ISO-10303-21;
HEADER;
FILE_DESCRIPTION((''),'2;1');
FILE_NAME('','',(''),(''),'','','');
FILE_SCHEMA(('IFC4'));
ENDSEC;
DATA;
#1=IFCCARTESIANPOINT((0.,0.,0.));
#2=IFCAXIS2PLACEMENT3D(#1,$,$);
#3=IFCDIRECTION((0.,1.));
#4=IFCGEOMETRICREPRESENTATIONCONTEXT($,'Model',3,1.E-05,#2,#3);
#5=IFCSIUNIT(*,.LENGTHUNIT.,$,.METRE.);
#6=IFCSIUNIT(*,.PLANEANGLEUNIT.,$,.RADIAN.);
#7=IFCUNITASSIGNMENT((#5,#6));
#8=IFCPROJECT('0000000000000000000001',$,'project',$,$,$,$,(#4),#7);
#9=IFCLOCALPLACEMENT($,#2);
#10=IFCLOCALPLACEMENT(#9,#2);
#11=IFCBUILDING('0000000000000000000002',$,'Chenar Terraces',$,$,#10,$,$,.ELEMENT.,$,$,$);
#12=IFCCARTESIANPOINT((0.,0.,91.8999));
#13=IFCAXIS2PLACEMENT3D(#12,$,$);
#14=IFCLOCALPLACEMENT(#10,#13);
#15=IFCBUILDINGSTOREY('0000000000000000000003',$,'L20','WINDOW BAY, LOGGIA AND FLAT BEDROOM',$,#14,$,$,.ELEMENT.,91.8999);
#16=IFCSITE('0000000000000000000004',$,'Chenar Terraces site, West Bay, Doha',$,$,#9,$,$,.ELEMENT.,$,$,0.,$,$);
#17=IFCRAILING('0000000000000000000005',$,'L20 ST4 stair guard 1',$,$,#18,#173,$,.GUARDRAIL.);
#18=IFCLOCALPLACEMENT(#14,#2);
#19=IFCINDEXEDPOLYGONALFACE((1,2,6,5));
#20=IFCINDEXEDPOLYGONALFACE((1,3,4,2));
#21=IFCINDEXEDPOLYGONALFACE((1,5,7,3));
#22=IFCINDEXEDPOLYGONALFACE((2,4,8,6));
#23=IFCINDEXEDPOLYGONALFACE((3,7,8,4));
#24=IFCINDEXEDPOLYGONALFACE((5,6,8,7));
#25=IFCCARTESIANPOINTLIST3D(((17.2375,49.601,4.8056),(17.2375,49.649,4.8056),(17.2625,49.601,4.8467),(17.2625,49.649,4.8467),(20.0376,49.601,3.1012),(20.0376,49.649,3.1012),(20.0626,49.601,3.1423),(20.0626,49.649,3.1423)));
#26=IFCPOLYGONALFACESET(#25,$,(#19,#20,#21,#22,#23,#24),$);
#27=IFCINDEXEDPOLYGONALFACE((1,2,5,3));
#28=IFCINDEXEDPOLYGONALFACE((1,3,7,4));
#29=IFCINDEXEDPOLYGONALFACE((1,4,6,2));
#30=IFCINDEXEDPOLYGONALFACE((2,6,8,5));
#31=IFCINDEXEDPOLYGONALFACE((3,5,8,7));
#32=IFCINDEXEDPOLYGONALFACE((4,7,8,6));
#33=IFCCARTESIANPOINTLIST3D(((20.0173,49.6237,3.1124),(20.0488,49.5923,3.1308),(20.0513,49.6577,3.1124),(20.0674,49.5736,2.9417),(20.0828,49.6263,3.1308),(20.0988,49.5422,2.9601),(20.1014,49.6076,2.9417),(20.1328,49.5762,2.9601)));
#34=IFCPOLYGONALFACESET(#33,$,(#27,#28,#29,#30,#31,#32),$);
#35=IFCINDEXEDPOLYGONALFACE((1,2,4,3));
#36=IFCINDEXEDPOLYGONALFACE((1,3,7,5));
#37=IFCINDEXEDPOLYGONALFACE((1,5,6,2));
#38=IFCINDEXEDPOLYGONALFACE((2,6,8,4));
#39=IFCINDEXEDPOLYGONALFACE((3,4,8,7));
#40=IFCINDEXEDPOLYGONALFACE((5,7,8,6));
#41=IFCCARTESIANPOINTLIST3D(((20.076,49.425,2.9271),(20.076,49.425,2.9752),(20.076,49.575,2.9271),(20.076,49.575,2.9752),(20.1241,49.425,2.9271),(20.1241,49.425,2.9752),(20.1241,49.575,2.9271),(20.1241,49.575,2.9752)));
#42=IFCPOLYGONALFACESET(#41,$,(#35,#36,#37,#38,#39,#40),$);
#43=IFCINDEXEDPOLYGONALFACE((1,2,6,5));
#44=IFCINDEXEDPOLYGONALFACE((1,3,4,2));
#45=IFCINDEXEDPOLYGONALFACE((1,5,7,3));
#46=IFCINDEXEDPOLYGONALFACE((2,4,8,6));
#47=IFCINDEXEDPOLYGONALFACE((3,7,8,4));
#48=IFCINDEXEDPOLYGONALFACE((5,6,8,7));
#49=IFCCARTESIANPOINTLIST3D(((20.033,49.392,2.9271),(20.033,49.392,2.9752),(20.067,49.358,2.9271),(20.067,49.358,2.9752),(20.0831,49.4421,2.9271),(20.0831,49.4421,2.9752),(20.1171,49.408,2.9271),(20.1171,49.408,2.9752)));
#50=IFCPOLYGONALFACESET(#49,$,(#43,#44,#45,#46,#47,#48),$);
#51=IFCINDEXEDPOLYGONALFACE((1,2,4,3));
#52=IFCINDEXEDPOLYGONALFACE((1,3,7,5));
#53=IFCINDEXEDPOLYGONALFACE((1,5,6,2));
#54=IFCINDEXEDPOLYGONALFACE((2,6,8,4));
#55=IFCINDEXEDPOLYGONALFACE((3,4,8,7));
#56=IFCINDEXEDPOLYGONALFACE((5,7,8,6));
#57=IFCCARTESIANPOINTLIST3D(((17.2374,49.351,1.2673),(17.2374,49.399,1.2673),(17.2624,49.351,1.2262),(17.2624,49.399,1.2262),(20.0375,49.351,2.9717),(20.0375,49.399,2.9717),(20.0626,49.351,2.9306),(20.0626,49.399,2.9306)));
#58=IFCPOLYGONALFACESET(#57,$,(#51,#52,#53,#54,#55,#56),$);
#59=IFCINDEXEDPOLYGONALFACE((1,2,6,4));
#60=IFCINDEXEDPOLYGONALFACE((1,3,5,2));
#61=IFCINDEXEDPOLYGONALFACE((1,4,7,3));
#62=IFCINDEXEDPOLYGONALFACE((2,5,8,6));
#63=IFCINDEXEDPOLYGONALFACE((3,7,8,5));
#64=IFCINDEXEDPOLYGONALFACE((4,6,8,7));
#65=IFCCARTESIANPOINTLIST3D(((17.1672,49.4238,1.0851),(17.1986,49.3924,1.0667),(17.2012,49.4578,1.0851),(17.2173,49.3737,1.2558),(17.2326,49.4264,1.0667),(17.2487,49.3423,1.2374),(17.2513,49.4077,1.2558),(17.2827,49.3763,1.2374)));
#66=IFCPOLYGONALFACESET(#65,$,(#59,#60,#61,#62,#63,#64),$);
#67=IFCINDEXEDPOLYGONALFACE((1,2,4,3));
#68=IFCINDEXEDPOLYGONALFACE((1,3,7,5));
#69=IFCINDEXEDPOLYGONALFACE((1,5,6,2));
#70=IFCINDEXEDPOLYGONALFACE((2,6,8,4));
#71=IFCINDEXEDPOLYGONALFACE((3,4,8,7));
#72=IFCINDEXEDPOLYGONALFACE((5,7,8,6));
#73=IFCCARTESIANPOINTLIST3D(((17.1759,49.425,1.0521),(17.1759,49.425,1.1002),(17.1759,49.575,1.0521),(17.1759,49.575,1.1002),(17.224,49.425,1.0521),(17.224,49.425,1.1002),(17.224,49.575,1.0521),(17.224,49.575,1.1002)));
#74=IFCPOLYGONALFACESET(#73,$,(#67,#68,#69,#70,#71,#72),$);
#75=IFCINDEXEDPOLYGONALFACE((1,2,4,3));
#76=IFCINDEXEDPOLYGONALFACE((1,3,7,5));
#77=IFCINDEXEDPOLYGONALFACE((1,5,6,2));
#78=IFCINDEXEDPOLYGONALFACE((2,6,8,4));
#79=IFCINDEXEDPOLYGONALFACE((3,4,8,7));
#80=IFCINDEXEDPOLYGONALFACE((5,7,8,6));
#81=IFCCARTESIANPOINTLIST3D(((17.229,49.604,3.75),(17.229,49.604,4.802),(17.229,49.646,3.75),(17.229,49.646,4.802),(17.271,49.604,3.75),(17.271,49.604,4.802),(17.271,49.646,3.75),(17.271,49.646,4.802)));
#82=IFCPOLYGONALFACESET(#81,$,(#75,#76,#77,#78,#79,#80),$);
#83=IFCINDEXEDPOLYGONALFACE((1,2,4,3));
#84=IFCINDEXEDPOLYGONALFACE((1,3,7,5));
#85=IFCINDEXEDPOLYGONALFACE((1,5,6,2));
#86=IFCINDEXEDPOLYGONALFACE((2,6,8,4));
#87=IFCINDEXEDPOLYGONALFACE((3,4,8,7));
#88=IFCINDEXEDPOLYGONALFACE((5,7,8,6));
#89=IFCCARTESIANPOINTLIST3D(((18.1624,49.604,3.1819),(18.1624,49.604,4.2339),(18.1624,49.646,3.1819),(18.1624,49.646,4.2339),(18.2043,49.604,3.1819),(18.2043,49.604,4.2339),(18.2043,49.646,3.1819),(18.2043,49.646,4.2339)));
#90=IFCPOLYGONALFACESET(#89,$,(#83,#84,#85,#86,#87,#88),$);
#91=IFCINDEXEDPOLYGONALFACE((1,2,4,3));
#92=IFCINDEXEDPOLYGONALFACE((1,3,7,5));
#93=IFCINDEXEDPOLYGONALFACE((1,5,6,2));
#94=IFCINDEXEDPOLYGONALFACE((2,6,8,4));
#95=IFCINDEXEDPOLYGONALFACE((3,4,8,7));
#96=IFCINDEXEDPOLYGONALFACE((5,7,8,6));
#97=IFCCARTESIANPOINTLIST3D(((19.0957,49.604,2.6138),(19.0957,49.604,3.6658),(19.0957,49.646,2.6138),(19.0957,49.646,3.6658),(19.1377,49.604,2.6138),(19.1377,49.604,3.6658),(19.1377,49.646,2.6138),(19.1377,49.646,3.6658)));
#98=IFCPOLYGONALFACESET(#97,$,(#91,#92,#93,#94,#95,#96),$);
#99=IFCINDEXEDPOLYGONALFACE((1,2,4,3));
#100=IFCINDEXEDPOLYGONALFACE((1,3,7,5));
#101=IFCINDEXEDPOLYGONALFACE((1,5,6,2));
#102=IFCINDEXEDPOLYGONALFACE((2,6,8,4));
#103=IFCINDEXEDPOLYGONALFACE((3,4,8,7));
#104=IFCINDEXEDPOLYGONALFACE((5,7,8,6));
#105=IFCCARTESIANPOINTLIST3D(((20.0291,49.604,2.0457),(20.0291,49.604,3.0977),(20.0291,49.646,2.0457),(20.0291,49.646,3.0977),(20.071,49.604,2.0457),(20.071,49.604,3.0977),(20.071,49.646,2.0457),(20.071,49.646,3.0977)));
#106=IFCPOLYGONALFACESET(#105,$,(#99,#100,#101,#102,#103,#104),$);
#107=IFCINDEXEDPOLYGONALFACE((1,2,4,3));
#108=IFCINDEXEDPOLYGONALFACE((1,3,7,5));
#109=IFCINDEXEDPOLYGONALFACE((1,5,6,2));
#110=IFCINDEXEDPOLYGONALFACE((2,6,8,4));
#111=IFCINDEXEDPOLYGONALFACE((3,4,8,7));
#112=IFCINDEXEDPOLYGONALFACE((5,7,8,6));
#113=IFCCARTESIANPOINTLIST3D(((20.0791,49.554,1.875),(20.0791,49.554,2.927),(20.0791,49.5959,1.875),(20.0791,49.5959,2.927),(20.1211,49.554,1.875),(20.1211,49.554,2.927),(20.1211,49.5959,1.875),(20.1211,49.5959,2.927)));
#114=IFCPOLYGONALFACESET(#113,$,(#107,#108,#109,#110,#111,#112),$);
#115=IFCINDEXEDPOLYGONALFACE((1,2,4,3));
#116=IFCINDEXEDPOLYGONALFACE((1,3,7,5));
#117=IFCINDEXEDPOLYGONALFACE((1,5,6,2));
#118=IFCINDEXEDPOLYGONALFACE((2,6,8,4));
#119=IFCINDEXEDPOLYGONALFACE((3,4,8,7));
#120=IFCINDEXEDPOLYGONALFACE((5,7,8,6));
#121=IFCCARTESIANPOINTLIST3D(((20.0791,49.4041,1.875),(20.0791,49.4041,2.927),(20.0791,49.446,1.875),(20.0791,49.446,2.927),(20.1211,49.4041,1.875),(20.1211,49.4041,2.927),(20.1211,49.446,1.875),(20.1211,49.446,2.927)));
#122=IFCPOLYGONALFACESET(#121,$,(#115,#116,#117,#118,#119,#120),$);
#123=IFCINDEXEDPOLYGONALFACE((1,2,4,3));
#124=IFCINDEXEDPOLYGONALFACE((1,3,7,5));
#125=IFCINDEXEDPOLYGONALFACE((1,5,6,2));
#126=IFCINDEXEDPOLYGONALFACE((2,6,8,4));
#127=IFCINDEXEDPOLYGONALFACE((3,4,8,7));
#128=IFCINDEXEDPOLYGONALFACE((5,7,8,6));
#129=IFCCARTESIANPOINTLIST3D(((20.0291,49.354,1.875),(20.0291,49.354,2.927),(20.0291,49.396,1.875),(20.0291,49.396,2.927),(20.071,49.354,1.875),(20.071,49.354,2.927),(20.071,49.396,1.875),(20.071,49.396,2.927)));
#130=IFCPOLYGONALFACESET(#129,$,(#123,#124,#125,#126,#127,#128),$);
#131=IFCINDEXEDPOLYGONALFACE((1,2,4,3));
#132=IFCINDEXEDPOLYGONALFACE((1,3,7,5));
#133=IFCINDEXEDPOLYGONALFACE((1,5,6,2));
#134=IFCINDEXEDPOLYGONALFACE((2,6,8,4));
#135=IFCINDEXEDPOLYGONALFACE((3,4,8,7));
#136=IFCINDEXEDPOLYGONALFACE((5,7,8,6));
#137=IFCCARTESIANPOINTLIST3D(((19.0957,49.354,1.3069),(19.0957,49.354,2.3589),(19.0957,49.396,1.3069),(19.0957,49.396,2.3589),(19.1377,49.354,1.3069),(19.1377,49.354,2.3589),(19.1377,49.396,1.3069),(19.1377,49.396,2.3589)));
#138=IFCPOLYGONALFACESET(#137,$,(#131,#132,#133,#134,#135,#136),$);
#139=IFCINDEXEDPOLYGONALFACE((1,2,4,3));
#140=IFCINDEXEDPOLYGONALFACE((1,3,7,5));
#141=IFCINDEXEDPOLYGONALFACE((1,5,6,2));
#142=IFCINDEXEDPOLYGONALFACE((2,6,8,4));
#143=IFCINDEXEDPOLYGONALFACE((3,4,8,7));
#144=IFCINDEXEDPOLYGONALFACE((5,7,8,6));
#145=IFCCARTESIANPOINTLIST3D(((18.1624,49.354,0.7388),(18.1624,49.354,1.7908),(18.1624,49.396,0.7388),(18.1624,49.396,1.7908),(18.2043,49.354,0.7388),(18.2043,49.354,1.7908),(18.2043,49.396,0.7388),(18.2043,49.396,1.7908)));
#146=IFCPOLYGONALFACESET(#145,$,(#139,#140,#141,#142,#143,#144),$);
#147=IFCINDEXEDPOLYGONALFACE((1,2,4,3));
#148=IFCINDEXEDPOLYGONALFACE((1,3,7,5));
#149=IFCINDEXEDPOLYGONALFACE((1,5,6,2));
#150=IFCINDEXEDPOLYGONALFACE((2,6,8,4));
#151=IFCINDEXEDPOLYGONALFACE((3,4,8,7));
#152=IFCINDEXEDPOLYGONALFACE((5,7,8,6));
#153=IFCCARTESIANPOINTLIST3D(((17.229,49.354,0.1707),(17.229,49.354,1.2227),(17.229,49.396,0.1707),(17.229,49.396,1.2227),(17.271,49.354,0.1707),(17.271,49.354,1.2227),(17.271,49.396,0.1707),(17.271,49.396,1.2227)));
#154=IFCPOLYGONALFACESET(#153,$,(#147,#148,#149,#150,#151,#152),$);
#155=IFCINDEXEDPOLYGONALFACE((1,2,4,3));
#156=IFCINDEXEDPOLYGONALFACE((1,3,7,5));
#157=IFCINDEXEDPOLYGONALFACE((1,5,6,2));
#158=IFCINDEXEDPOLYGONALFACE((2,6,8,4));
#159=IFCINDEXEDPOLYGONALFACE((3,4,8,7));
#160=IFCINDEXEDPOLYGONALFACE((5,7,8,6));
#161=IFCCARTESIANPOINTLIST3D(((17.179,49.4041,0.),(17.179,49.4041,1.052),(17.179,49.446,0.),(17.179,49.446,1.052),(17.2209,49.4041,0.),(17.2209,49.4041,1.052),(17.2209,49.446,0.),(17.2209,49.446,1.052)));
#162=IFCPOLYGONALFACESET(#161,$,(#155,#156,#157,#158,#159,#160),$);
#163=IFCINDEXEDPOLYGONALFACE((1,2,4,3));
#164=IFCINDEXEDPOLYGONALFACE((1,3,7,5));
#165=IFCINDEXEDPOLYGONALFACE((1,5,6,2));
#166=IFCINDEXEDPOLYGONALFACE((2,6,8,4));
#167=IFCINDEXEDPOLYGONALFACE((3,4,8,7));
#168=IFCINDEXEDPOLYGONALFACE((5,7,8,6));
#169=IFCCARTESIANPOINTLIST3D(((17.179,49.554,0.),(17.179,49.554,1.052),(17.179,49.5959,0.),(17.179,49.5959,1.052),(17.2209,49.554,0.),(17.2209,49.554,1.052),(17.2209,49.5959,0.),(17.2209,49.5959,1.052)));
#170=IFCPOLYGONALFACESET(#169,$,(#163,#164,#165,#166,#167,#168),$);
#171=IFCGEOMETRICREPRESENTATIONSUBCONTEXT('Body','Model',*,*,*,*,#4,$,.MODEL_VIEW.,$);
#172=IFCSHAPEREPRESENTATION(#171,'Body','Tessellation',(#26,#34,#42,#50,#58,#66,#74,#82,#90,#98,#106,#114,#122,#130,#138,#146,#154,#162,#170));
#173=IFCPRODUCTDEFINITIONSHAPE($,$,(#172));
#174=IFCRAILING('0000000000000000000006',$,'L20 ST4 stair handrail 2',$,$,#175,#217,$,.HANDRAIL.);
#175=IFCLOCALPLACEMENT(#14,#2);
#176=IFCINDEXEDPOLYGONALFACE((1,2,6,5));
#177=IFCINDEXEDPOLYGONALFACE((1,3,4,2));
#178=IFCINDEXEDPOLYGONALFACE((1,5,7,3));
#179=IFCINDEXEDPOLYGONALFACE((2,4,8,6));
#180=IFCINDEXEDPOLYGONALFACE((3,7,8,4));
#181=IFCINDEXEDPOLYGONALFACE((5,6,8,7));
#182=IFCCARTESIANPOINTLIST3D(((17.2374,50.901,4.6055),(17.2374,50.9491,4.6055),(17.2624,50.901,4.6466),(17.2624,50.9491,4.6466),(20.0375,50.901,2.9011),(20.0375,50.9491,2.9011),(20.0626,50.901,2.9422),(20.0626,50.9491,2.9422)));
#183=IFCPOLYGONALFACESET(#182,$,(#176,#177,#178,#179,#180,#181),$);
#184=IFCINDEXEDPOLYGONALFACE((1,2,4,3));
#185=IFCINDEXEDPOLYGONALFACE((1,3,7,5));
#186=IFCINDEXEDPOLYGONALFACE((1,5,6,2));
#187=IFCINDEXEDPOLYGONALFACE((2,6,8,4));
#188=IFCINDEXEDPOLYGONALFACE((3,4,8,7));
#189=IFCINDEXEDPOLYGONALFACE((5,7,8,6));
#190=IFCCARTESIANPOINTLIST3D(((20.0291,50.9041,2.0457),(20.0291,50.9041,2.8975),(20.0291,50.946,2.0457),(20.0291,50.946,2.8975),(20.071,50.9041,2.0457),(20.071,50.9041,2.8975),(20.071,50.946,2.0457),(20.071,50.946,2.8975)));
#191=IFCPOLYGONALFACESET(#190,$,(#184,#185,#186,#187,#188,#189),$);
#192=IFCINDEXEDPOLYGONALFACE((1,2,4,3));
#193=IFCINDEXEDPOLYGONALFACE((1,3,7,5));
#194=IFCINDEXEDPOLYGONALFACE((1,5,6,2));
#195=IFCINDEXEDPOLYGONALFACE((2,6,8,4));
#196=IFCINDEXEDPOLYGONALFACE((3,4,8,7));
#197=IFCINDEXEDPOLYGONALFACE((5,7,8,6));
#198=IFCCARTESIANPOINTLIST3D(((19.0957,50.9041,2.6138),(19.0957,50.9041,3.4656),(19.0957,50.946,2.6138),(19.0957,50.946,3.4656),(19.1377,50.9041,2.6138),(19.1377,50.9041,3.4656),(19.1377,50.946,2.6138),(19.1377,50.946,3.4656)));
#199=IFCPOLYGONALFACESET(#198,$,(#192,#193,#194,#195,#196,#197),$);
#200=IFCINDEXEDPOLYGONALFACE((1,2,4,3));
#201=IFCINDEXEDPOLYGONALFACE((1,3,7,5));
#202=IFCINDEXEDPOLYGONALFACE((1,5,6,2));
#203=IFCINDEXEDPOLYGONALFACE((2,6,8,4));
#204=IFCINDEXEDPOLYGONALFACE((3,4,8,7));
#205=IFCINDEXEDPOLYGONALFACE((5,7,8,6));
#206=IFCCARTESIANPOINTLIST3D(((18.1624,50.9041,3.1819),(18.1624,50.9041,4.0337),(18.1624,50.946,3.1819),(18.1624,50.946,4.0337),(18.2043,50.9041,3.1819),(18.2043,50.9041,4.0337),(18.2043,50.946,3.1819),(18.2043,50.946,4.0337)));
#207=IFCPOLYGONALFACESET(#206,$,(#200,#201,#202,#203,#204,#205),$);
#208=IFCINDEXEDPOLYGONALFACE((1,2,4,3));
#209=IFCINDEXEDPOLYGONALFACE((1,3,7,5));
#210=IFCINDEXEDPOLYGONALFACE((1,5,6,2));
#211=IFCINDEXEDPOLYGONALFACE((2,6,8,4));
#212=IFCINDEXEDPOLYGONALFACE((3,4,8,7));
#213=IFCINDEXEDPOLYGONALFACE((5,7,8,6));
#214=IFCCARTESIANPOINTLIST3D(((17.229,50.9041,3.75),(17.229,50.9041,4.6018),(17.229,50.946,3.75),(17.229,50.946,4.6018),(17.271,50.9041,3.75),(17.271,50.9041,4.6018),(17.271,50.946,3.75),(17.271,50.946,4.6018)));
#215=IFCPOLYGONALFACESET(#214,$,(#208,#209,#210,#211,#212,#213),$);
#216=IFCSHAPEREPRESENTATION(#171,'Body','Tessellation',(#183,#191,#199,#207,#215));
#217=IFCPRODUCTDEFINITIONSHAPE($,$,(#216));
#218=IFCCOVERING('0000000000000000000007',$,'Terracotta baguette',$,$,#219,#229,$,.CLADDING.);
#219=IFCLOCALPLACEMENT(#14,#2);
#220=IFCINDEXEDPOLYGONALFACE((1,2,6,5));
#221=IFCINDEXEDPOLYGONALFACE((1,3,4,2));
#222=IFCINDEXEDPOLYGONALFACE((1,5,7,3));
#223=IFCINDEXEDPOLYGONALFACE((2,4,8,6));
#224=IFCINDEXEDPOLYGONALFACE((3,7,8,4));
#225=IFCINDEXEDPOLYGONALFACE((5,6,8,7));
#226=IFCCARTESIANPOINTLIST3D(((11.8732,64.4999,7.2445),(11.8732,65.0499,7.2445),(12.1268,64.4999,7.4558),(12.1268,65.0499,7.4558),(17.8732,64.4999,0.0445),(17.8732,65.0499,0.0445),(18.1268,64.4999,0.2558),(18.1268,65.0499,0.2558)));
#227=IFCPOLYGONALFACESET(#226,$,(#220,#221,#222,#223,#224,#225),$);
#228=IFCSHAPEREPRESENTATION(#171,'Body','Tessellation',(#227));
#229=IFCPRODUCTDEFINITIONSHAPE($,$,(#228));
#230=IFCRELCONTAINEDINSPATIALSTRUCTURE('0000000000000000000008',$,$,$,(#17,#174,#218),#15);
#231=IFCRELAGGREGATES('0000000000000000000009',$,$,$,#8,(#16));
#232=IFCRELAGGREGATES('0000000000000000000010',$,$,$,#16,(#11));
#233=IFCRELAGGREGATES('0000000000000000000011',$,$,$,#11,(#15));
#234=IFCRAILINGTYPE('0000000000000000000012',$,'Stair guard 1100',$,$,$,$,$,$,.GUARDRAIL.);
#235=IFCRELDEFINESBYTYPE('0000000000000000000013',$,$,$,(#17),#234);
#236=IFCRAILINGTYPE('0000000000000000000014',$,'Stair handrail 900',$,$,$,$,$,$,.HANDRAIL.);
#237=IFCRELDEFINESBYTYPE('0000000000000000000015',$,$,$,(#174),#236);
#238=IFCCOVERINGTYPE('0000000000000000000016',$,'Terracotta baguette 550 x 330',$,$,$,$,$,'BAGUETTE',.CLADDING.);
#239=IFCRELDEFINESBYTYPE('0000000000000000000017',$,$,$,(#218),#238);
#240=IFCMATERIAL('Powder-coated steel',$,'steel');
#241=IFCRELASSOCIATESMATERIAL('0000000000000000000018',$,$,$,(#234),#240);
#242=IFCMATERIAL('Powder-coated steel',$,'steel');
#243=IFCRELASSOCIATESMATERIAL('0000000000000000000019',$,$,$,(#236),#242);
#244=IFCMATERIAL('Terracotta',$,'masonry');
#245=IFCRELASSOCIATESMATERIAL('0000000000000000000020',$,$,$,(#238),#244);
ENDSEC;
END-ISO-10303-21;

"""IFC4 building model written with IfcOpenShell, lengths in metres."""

from ifc_helpers import new_model, si_unit, direction, frame, origin, origin_2d, place, context, subcontext, project, spatial, rectangle, extrude, material, material_profile, profile_set, type_object, element, save


model = new_model("IFC4")

# Units and contexts
model_context = context("Model", 3, precision=1e-05, world=origin(), true_north=direction((0.0, 1.0)))
body_context = subcontext(model_context, "Body", "Model", "MODEL_VIEW")
ifc_project = project(units=[si_unit("LENGTHUNIT", "METRE"), si_unit("PLANEANGLEUNIT", "RADIAN")], contexts=[model_context])

# Site, building, storey
site_placement = place(None, origin())
site = spatial("IfcSite", under=ifc_project, at=site_placement, Name="Chenar Terraces site, West Bay, Doha", CompositionType="ELEMENT", RefElevation=0.0)
building_placement = place(site_placement, origin())
building = spatial("IfcBuilding", under=site, at=building_placement, Name="Chenar Terraces", CompositionType="ELEMENT")
storey_placement = place(building_placement, frame((0.0, 0.0, 91.8999)))
storey = spatial("IfcBuildingStorey", under=building, at=storey_placement, Name="L20", Description="WINDOW BAY, LOGGIA AND FLAT BEDROOM", CompositionType="ELEMENT", Elevation=91.8999)

# Railings
ifc_material_1 = material(Name="Powder-coated steel", Category="steel")
railing_type_1 = type_object("IfcRailingType", Name="Stair guard 1100", PredefinedType="GUARDRAIL", material=ifc_material_1)
railing_1_placement = place(storey_placement, frame((17.25, 49.625, 3.75)))
element("IfcRailing", 1, at=railing_1_placement, inside=storey, type_object=railing_type_1, Name="L20 ST4 stair guard 1", PredefinedType="GUARDRAIL", context=body_context, shape_type="SweptSolid", body=[
    extrude(rectangle(XDim=0.0481, YDim=0.0481, at=origin_2d()), frame((0.0, 0.0, 1.0762), z_axis=(0.854203, 0.0, -0.51994), x_axis=(0.0, 1.0, 0.0)), (0.0, 0.0, 1.0), 3.2781),
    extrude(rectangle(XDim=0.0481, YDim=0.0481, at=origin_2d()), frame((2.8, 0.0, -0.6284), z_axis=(0.2709, -0.2709, -0.923703), x_axis=(0.707107, 0.707107, 0.0)), (0.0, 0.0, 1.0), 0.1848),
    extrude(rectangle(XDim=0.0481, YDim=0.0481, at=origin_2d()), frame((2.8501, -0.05, -0.7988), z_axis=(0.0, -1.0, 0.0), x_axis=(1.0, 0.0, 0.0)), (0.0, 0.0, 1.0), 0.1499),
    extrude(rectangle(XDim=0.0481, YDim=0.0481, at=origin_2d()), frame((2.8501, -0.2, -0.7988), z_axis=(-0.707107, -0.707107, 0.0), x_axis=(0.707107, -0.707107, 0.0)), (0.0, 0.0, 1.0), 0.0708),
    extrude(rectangle(XDim=0.0481, YDim=0.0481, at=origin_2d()), frame((2.8, -0.25, -0.7988), z_axis=(-0.854203, 0.0, -0.51994), x_axis=(0.0, -1.0, 0.0)), (0.0, 0.0, 1.0), 3.2781),
    extrude(rectangle(XDim=0.0481, YDim=0.0481, at=origin_2d()), frame((0.0, -0.25, -2.5034), z_axis=(-0.2709, 0.2709, -0.923703), x_axis=(-0.707107, -0.707107, 0.0)), (0.0, 0.0, 1.0), 0.1848),
    extrude(rectangle(XDim=0.0481, YDim=0.0481, at=origin_2d()), frame((-0.05, -0.2, -2.6738), z_axis=(0.0, 1.0, 0.0), x_axis=(-1.0, 0.0, 0.0)), (0.0, 0.0, 1.0), 0.1499),
    extrude(rectangle(XDim=0.042, YDim=0.042, at=origin_2d()), origin(), (0.0, 0.0, 1.0), 1.052),
    extrude(rectangle(XDim=0.042, YDim=0.042, at=origin_2d()), frame((0.9333, 0.0, -0.5681)), (0.0, 0.0, 1.0), 1.052),
    extrude(rectangle(XDim=0.042, YDim=0.042, at=origin_2d()), frame((1.8667, 0.0, -1.1362)), (0.0, 0.0, 1.0), 1.052),
    extrude(rectangle(XDim=0.042, YDim=0.042, at=origin_2d()), frame((2.8, 0.0, -1.7043)), (0.0, 0.0, 1.0), 1.052),
    extrude(rectangle(XDim=0.042, YDim=0.042, at=origin_2d()), frame((2.8501, -0.05, -1.875)), (0.0, 0.0, 1.0), 1.052),
    extrude(rectangle(XDim=0.042, YDim=0.042, at=origin_2d()), frame((2.8501, -0.2, -1.875)), (0.0, 0.0, 1.0), 1.052),
    extrude(rectangle(XDim=0.042, YDim=0.042, at=origin_2d()), frame((2.8, -0.25, -1.875)), (0.0, 0.0, 1.0), 1.052),
    extrude(rectangle(XDim=0.042, YDim=0.042, at=origin_2d()), frame((1.8667, -0.25, -2.4431)), (0.0, 0.0, 1.0), 1.052),
    extrude(rectangle(XDim=0.042, YDim=0.042, at=origin_2d()), frame((0.9333, -0.25, -3.0112)), (0.0, 0.0, 1.0), 1.052),
    extrude(rectangle(XDim=0.042, YDim=0.042, at=origin_2d()), frame((0.0, -0.25, -3.5793)), (0.0, 0.0, 1.0), 1.052),
    extrude(rectangle(XDim=0.042, YDim=0.042, at=origin_2d()), frame((-0.05, -0.2, -3.75)), (0.0, 0.0, 1.0), 1.052),
    extrude(rectangle(XDim=0.042, YDim=0.042, at=origin_2d()), frame((-0.05, -0.05, -3.75)), (0.0, 0.0, 1.0), 1.052),
])
ifc_material_2 = material(Name="Powder-coated steel", Category="steel")
railing_type_2 = type_object("IfcRailingType", Name="Stair handrail 900", PredefinedType="HANDRAIL", material=ifc_material_2)
railing_2_placement = place(storey_placement, frame((20.05, 50.925, 2.0457)))
element("IfcRailing", 2, at=railing_2_placement, inside=storey, type_object=railing_type_2, Name="L20 ST4 stair handrail 2", PredefinedType="HANDRAIL", context=body_context, shape_type="SweptSolid", body=[
    extrude(rectangle(XDim=0.0481, YDim=0.0481, at=origin_2d()), frame((0.0, 0.0, 0.876), z_axis=(-0.854203, 0.0, 0.51994), x_axis=(0.0, -1.0, 0.0)), (0.0, 0.0, 1.0), 3.2781),
    extrude(rectangle(XDim=0.042, YDim=0.042, at=origin_2d()), origin(), (0.0, 0.0, 1.0), 0.8518),
    extrude(rectangle(XDim=0.042, YDim=0.042, at=origin_2d()), frame((-0.9333, 0.0, 0.5681)), (0.0, 0.0, 1.0), 0.8518),
    extrude(rectangle(XDim=0.042, YDim=0.042, at=origin_2d()), frame((-1.8667, 0.0, 1.1362)), (0.0, 0.0, 1.0), 0.8518),
    extrude(rectangle(XDim=0.042, YDim=0.042, at=origin_2d()), frame((-2.8, 0.0, 1.7043)), (0.0, 0.0, 1.0), 0.8518),
])

# Covering
ifc_material_3 = material(Name="Terracotta", Category="masonry")
ifc_material_profile_1 = material_profile(ifc_material_3, rectangle(XDim=0.55, YDim=0.3301, at=origin_2d()), Name="Terracotta baguette 550 x 330")
ifc_profile_set_1 = profile_set([ifc_material_profile_1], Name="Terracotta")
covering_type = type_object("IfcCoveringType", Name="Terracotta baguette 550 x 330", ElementType="BAGUETTE", PredefinedType="CLADDING", material=ifc_profile_set_1)
for number, where, z_axis, x_axis, name in (
    (3, (18.0, 64.7749, 0.1501), (-0.640187, 0.0, 0.768219), (0.0, -1.0, 0.0), "Terracotta baguette"),
):
    element("IfcCovering", number, at=place(storey_placement, frame(where, z_axis=z_axis, x_axis=x_axis)), inside=storey, type_object=covering_type, Name=name, PredefinedType="CLADDING", context=body_context, shape_type="SweptSolid", body=[
        extrude(rectangle(XDim=0.55, YDim=0.3301, at=origin_2d()), origin(), (0.0, 0.0, 1.0), 9.3723),
    ])

save(model, "model.ifc")
